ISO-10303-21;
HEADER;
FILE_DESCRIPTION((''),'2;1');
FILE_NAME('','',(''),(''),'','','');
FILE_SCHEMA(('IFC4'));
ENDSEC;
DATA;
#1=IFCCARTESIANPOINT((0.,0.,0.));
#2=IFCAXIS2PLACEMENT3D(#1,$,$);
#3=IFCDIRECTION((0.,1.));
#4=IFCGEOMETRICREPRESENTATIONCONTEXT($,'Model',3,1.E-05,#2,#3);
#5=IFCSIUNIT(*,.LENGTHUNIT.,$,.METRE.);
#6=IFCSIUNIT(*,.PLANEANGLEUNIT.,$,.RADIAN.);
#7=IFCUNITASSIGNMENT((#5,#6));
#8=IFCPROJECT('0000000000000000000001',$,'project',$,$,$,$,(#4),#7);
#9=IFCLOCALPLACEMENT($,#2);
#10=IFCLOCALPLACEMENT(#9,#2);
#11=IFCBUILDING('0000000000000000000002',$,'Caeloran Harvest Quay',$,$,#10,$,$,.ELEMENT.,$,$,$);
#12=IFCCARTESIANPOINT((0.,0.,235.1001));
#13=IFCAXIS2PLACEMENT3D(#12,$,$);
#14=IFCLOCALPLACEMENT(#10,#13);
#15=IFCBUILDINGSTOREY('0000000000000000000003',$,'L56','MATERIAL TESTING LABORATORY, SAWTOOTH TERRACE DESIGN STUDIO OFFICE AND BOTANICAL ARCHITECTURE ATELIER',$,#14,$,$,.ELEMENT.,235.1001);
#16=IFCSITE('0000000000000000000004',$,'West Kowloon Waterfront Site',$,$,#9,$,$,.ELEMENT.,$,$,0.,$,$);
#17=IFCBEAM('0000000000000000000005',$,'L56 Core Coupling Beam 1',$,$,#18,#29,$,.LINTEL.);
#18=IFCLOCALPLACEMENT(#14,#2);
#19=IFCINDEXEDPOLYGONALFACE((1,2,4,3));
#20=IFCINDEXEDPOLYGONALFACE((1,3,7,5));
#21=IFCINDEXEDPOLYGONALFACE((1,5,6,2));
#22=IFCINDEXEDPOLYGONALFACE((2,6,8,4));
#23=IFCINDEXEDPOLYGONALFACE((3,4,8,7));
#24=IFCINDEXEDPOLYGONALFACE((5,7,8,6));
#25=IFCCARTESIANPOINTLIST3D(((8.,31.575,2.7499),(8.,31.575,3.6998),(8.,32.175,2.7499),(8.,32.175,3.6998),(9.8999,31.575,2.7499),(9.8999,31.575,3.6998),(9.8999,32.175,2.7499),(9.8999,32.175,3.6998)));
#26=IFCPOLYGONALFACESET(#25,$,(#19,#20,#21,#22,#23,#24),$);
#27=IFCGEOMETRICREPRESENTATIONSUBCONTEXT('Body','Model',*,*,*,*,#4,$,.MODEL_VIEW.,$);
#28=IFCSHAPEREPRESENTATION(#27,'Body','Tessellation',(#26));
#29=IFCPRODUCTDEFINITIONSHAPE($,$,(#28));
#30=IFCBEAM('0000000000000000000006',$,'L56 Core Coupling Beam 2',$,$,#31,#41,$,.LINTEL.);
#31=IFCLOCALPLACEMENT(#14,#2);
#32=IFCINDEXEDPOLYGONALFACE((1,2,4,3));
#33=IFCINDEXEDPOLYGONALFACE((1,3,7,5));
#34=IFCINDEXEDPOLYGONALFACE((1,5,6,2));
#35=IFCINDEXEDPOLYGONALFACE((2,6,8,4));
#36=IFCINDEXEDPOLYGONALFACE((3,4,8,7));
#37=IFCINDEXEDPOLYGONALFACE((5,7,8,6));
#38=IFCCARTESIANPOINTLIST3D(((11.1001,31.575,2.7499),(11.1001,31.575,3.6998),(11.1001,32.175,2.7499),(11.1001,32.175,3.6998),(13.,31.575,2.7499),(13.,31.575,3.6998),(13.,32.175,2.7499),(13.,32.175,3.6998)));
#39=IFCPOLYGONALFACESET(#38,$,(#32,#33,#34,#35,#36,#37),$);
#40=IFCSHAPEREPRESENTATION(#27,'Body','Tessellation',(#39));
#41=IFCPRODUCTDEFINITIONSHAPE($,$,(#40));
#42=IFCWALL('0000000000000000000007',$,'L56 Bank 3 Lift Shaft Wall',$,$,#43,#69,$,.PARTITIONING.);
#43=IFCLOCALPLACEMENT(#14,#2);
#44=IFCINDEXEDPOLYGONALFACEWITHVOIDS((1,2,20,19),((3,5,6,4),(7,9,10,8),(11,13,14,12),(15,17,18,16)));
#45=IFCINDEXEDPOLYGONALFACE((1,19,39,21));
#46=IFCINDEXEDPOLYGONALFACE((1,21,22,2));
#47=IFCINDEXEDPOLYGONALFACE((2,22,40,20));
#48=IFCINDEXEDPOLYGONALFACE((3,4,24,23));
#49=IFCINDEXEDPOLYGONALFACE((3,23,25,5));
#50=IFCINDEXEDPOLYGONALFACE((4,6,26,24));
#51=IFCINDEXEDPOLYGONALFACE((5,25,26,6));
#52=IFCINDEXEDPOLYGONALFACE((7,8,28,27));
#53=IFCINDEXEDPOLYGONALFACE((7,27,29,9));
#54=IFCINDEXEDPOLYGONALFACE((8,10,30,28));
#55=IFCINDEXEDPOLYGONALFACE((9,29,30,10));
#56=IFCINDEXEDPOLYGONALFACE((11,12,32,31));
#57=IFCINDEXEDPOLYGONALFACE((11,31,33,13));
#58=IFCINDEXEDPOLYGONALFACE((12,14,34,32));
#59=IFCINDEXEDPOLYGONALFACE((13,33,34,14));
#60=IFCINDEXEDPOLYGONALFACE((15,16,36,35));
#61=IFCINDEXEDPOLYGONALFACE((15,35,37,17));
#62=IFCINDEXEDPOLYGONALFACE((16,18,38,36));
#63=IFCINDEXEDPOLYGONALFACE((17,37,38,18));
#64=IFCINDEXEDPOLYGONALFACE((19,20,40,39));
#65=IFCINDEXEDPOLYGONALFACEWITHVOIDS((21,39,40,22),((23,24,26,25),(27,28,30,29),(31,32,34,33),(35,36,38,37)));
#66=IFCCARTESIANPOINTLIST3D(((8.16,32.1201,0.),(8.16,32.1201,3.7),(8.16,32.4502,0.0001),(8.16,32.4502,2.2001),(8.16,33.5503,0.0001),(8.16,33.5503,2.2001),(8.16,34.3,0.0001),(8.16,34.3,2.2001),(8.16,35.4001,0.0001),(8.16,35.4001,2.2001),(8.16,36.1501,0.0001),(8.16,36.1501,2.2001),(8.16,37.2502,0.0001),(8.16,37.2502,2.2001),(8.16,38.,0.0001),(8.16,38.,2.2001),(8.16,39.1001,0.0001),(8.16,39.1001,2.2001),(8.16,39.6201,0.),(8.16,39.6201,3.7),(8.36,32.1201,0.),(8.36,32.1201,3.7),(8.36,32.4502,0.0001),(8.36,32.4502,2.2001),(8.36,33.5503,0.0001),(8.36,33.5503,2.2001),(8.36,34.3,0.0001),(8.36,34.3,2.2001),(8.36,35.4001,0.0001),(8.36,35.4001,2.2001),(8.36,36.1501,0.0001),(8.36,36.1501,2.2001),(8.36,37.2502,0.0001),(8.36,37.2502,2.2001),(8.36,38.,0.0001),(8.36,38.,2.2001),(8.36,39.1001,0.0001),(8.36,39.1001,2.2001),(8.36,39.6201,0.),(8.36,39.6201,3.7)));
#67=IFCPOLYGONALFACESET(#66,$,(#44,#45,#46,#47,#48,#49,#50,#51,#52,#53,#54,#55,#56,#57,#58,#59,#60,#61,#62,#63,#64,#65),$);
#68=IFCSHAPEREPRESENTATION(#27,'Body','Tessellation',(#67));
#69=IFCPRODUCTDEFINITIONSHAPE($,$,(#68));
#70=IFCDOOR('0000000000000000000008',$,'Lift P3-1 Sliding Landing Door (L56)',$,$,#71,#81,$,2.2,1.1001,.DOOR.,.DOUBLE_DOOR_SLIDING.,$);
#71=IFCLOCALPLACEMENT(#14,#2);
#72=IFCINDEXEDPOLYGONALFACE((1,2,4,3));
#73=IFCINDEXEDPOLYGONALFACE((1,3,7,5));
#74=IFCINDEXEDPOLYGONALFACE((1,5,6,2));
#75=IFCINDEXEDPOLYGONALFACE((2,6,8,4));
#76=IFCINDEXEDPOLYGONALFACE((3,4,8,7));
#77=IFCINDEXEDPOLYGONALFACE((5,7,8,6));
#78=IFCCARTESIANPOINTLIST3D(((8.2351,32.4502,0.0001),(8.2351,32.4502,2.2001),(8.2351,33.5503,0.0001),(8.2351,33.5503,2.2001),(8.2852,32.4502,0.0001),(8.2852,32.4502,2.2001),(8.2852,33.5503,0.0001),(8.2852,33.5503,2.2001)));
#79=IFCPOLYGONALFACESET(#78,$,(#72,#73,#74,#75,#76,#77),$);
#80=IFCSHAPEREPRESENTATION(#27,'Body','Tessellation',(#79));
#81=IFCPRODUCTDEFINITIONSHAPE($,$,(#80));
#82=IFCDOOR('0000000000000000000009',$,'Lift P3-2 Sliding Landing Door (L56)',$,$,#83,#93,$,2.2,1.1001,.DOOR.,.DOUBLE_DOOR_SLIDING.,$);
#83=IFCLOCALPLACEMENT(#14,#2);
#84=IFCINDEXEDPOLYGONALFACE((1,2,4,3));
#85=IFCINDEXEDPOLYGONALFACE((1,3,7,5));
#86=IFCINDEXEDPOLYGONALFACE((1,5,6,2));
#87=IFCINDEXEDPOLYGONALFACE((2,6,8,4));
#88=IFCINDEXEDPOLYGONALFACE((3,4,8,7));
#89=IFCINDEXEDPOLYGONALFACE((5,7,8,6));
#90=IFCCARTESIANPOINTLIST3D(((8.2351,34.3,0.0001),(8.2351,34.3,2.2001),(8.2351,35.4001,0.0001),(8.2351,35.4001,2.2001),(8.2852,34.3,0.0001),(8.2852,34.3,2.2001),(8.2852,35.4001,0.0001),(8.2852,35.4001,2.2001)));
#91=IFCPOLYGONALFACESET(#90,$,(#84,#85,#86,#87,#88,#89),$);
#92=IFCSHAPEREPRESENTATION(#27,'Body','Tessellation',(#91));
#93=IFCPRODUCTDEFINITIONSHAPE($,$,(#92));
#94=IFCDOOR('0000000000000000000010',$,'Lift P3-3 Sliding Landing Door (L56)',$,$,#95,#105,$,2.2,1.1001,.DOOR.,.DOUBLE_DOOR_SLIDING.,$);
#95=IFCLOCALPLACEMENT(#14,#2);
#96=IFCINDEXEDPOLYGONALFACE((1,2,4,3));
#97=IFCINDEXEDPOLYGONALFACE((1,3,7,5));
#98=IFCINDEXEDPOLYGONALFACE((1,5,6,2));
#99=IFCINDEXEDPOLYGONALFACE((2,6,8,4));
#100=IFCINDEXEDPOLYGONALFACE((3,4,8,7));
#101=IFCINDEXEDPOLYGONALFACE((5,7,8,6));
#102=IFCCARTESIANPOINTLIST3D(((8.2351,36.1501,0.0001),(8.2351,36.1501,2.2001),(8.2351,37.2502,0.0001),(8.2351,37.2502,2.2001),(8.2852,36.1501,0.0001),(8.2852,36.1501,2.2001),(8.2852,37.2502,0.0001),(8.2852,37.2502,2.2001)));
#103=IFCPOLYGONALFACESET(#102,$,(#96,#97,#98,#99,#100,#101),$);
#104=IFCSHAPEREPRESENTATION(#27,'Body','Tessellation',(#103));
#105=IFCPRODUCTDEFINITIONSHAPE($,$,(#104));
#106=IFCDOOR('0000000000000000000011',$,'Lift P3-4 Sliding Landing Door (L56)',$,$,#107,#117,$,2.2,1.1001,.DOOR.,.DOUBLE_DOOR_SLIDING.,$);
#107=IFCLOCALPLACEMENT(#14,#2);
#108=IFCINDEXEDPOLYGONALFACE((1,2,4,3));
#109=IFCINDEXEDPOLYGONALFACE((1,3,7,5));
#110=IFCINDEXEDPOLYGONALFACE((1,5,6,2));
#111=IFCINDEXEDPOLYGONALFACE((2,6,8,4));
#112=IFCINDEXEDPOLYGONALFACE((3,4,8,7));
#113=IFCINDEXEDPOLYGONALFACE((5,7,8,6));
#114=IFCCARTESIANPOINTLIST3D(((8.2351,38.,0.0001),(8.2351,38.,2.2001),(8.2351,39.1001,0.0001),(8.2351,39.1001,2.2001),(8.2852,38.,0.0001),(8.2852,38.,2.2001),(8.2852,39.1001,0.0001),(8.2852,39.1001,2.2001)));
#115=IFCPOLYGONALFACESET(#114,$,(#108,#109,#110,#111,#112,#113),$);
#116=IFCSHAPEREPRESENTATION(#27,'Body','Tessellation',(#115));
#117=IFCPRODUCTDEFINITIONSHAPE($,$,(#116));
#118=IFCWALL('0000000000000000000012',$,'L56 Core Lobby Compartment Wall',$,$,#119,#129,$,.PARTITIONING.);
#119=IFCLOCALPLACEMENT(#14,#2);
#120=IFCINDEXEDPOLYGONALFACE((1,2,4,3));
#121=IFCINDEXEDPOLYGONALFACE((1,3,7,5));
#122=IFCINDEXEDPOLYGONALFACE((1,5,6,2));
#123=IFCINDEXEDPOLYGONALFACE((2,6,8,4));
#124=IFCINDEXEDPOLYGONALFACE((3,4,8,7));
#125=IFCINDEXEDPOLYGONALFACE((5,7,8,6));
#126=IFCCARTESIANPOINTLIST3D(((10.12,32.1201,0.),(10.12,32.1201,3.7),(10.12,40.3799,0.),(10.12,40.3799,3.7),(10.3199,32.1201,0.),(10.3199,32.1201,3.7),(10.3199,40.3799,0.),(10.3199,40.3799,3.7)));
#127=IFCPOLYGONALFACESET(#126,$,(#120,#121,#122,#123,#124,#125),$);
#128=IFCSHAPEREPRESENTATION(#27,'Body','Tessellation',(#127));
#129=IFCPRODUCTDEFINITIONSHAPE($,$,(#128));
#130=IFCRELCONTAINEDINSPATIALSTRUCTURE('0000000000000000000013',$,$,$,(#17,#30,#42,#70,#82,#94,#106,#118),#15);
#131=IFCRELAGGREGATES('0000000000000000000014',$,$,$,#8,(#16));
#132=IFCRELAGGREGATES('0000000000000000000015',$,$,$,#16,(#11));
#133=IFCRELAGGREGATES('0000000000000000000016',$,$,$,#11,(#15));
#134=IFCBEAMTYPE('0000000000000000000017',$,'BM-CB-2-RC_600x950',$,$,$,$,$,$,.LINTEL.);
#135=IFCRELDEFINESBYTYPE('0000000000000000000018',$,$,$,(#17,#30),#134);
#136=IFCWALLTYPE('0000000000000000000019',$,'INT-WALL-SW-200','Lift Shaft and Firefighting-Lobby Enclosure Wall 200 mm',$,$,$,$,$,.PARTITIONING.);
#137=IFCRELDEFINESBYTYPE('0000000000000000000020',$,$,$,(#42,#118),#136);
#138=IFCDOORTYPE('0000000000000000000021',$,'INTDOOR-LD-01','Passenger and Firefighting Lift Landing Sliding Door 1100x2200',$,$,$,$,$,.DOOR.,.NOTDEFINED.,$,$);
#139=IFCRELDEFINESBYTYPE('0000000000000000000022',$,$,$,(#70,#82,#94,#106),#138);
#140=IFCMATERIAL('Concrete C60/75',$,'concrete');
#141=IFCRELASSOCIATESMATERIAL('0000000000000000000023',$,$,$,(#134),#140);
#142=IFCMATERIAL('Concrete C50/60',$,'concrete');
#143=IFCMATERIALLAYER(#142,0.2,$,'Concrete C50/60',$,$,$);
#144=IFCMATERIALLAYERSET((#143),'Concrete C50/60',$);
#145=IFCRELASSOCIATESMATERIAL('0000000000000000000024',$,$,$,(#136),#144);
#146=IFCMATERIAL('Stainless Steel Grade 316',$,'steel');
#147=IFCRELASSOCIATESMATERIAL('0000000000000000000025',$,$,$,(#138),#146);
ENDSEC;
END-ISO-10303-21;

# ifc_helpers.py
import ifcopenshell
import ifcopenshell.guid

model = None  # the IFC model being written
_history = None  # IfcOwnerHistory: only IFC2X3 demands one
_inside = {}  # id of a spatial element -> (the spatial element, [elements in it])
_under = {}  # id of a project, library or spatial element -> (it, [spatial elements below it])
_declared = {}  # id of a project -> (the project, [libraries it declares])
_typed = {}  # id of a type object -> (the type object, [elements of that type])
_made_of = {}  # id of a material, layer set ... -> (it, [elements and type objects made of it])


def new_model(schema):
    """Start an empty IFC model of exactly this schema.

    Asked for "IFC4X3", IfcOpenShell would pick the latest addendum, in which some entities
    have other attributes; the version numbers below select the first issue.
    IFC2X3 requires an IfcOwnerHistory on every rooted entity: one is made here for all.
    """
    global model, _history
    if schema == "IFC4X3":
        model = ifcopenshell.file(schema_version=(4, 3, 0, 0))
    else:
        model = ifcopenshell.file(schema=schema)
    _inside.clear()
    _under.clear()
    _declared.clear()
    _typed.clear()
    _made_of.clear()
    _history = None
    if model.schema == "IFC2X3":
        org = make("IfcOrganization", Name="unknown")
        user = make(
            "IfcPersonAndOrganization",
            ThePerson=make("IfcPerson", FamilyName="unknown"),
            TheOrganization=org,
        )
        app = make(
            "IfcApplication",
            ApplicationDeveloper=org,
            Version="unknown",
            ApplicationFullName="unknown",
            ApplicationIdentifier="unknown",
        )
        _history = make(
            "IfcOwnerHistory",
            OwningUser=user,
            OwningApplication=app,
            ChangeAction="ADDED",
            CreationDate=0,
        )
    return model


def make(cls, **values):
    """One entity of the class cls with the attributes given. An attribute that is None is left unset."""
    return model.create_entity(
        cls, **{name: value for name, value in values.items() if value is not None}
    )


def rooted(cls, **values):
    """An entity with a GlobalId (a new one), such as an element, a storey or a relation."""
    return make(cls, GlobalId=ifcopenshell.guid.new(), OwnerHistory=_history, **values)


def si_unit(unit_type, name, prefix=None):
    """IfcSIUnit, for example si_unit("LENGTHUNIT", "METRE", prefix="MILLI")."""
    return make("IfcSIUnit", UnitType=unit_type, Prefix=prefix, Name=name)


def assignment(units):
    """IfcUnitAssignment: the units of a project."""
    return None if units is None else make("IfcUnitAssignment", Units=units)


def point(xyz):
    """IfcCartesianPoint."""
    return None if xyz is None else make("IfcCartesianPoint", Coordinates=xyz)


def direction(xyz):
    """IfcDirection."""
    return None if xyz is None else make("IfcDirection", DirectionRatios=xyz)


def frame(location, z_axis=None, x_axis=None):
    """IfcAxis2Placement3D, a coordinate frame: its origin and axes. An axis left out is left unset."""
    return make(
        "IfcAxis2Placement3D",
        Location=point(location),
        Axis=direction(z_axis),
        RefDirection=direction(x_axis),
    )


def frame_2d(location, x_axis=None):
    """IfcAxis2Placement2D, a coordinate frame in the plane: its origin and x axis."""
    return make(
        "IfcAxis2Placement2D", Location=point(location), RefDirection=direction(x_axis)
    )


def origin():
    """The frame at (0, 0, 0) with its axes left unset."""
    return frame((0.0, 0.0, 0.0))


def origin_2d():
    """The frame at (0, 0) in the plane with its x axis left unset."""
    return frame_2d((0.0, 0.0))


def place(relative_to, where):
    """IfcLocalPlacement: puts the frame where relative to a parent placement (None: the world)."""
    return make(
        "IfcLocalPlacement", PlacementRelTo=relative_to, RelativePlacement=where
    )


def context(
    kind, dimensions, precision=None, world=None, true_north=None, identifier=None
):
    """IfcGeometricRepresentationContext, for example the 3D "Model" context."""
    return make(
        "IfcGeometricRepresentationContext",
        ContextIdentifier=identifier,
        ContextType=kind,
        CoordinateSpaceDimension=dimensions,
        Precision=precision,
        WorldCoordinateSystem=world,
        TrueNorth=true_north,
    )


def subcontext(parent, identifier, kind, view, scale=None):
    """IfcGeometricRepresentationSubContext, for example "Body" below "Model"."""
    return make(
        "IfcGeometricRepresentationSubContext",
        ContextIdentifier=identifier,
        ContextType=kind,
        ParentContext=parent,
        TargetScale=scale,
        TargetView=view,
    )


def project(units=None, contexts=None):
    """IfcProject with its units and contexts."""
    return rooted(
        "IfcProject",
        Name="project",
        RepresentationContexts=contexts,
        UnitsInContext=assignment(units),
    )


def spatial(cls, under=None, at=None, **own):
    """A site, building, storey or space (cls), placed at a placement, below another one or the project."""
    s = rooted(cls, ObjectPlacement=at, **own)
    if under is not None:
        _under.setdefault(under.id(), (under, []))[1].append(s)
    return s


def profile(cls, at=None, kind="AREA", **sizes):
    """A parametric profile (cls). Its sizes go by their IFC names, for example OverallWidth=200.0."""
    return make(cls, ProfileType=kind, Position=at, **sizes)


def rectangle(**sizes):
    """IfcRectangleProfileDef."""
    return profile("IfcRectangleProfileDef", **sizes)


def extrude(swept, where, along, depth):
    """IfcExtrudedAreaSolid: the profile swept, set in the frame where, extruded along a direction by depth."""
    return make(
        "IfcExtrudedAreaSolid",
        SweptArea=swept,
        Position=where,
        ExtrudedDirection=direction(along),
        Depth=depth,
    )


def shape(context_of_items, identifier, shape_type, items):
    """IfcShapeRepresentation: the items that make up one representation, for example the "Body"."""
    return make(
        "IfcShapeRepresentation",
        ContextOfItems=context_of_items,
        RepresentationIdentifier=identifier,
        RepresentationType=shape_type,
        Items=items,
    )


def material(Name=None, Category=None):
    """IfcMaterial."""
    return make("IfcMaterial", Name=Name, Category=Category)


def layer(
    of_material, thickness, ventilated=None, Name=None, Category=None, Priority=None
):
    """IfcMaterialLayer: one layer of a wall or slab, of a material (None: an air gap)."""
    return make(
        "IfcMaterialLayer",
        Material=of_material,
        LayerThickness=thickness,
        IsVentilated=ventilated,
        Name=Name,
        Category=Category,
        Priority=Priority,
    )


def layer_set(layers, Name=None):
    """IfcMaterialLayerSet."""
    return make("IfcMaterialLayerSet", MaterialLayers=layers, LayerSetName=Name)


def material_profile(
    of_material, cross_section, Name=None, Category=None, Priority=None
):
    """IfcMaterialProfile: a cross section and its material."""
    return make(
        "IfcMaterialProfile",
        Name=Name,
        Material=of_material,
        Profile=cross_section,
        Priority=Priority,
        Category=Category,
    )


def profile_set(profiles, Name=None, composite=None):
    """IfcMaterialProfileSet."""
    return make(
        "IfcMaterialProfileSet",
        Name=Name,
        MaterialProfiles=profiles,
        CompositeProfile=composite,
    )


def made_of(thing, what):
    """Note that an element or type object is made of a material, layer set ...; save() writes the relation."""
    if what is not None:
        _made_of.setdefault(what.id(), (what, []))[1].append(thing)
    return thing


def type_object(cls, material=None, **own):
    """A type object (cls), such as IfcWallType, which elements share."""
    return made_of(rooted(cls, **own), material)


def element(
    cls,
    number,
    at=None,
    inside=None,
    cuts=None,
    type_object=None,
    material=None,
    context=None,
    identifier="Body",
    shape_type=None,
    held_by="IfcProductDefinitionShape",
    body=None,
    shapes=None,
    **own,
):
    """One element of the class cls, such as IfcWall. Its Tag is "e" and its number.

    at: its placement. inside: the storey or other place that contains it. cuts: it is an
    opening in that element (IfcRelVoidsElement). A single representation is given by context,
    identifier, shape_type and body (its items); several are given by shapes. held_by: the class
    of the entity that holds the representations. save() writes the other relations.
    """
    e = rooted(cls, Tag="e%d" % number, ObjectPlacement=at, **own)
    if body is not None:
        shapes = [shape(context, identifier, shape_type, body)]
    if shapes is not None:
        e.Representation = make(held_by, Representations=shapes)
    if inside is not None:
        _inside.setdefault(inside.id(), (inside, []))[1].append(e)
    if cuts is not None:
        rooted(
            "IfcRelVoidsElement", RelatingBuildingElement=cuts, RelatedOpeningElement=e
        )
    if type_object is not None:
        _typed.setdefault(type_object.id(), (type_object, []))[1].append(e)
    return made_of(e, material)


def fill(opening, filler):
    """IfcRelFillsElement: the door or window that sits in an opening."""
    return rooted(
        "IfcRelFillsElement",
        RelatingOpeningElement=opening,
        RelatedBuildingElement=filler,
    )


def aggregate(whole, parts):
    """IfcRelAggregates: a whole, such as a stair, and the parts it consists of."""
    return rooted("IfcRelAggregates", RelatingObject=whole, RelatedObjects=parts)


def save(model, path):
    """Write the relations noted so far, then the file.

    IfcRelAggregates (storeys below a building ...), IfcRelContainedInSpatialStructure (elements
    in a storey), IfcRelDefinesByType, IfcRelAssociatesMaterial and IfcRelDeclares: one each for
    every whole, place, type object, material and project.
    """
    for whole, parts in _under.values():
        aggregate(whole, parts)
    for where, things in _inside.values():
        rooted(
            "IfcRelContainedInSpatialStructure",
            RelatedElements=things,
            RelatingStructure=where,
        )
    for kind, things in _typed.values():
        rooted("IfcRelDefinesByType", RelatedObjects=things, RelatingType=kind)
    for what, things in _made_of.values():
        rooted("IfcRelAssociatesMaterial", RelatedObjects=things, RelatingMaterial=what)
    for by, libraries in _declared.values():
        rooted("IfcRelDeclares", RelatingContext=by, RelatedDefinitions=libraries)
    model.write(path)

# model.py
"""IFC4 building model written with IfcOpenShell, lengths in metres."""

from ifc_helpers import new_model, si_unit, direction, frame, frame_2d, origin, origin_2d, place, context, subcontext, project, spatial, rectangle, extrude, material, layer, layer_set, material_profile, profile_set, type_object, element, fill, save


model = new_model("IFC4")

# Units and contexts
model_context = context("Model", 3, precision=1e-05, world=origin(), true_north=direction((0.0, 1.0)))
body_context = subcontext(model_context, "Body", "Model", "MODEL_VIEW")
ifc_project = project(units=[si_unit("LENGTHUNIT", "METRE"), si_unit("PLANEANGLEUNIT", "RADIAN")], contexts=[model_context])

# Site, building, storey
site_placement = place(None, origin())
site = spatial("IfcSite", under=ifc_project, at=site_placement, Name="West Kowloon Waterfront Site", CompositionType="ELEMENT", RefElevation=0.0)
building_placement = place(site_placement, origin())
building = spatial("IfcBuilding", under=site, at=building_placement, Name="Caeloran Harvest Quay", CompositionType="ELEMENT")
storey_placement = place(building_placement, frame((0.0, 0.0, 235.1001)))
storey = spatial("IfcBuildingStorey", under=building, at=storey_placement, Name="L56", Description="MATERIAL TESTING LABORATORY, SAWTOOTH TERRACE DESIGN STUDIO OFFICE AND BOTANICAL ARCHITECTURE ATELIER", CompositionType="ELEMENT", Elevation=235.1001)

# Beams
ifc_material_1 = material(Name="Concrete C60/75", Category="concrete")
ifc_material_profile = material_profile(ifc_material_1, rectangle(XDim=0.6001, YDim=0.95, at=origin_2d()), Name="RC 600x950")
ifc_profile_set = profile_set([ifc_material_profile], Name="Concrete C60/75")
beam_type = type_object("IfcBeamType", Name="BM-CB-2-RC_600x950", PredefinedType="LINTEL", material=ifc_profile_set)
for number, where, z_axis, x_axis, name in (
    (1, (8.0, 31.875, 3.2249), (1.0, 0.0, 0.0), (0.0, 1.0, 0.0), "L56 Core Coupling Beam 1"),
    (2, (11.1001, 31.875, 3.2249), (1.0, 0.0, 0.0), (0.0, 1.0, 0.0), "L56 Core Coupling Beam 2"),
):
    element("IfcBeam", number, at=place(storey_placement, frame(where, z_axis=z_axis, x_axis=x_axis)), inside=storey, type_object=beam_type, Name=name, PredefinedType="LINTEL", context=body_context, shape_type="SweptSolid", body=[
        extrude(rectangle(XDim=0.6001, YDim=0.95, at=origin_2d()), origin(), (0.0, 0.0, 1.0), 1.8999),
    ])

# Wall, openings, doors
ifc_material_2 = material(Name="Concrete C50/60", Category="concrete")
ifc_layer_1 = layer(ifc_material_2, 0.2, Name="Concrete C50/60")
ifc_layer_set_1 = layer_set([ifc_layer_1], Name="Concrete C50/60")
wall_type_1 = type_object("IfcWallType", Name="INT-WALL-SW-200", Description="Lift Shaft and Firefighting-Lobby Enclosure Wall 200 mm", PredefinedType="PARTITIONING", material=ifc_layer_set_1)
wall_1_placement = place(storey_placement, frame((8.26, 32.1201, 0.0), z_axis=(0.0, 0.0, 1.0), x_axis=(0.0, 1.0, 0.0)))
wall_1 = element("IfcWall", 3, at=wall_1_placement, inside=storey, type_object=wall_type_1, Name="L56 Bank 3 Lift Shaft Wall", PredefinedType="PARTITIONING", context=body_context, shape_type="SweptSolid", body=[
    extrude(rectangle(XDim=7.5, YDim=0.2, at=frame_2d((3.75, 0.0))), origin(), (0.0, 0.0, 1.0), 3.7),
])
opening_1_placement = place(wall_1_placement, frame((0.3301, 0.0, 0.0)))
opening_1 = element("IfcOpeningElement", 4, at=opening_1_placement, cuts=wall_1, PredefinedType="OPENING", context=body_context, shape_type="SweptSolid", body=[
    extrude(rectangle(XDim=1.1001, YDim=2.2, at=frame_2d((0.55, 1.1001))), frame((0.0, 0.1099, 0.0), z_axis=(0.0, -1.0, 0.0), x_axis=(1.0, 0.0, 0.0)), (0.0, 0.0, 1.0), 0.22),
])
opening_2_placement = place(wall_1_placement, frame((2.1799, 0.0, 0.0)))
opening_2 = element("IfcOpeningElement", 5, at=opening_2_placement, cuts=wall_1, PredefinedType="OPENING", context=body_context, shape_type="SweptSolid", body=[
    extrude(rectangle(XDim=1.1001, YDim=2.2, at=frame_2d((0.55, 1.1001))), frame((0.0, 0.1099, 0.0), z_axis=(0.0, -1.0, 0.0), x_axis=(1.0, 0.0, 0.0)), (0.0, 0.0, 1.0), 0.22),
])
opening_3_placement = place(wall_1_placement, frame((4.03, 0.0, 0.0)))
opening_3 = element("IfcOpeningElement", 6, at=opening_3_placement, cuts=wall_1, PredefinedType="OPENING", context=body_context, shape_type="SweptSolid", body=[
    extrude(rectangle(XDim=1.1001, YDim=2.2, at=frame_2d((0.55, 1.1001))), frame((0.0, 0.1099, 0.0), z_axis=(0.0, -1.0, 0.0), x_axis=(1.0, 0.0, 0.0)), (0.0, 0.0, 1.0), 0.22),
])
opening_4_placement = place(wall_1_placement, frame((5.8799, 0.0, 0.0)))
opening_4 = element("IfcOpeningElement", 7, at=opening_4_placement, cuts=wall_1, PredefinedType="OPENING", context=body_context, shape_type="SweptSolid", body=[
    extrude(rectangle(XDim=1.1001, YDim=2.2, at=frame_2d((0.55, 1.1001))), frame((0.0, 0.1099, 0.0), z_axis=(0.0, -1.0, 0.0), x_axis=(1.0, 0.0, 0.0)), (0.0, 0.0, 1.0), 0.22),
])
ifc_material_3 = material(Name="Stainless Steel Grade 316", Category="steel")
door_type_1 = type_object("IfcDoorType", Name="INTDOOR-LD-01", Description="Passenger and Firefighting Lift Landing Sliding Door 1100x2200", OperationType="NOTDEFINED", PredefinedType="DOOR", material=ifc_material_3)
door_1_placement = place(opening_1_placement, origin())
door_1 = element("IfcDoor", 8, at=door_1_placement, inside=storey, type_object=door_type_1, Name="Lift P3-1 Sliding Landing Door (L56)", OperationType="DOUBLE_DOOR_SLIDING", OverallHeight=2.2, OverallWidth=1.1001, PredefinedType="DOOR", context=body_context, shape_type="SweptSolid", body=[
    extrude(rectangle(XDim=1.1001, YDim=2.2, at=frame_2d((0.55, 1.1001))), frame((0.0, 0.0249, 0.0), z_axis=(0.0, -1.0, 0.0), x_axis=(1.0, 0.0, 0.0)), (0.0, 0.0, 1.0), 0.05),
])
fill(opening_1, door_1)
door_2_placement = place(opening_2_placement, origin())
door_2 = element("IfcDoor", 9, at=door_2_placement, inside=storey, type_object=door_type_1, Name="Lift P3-2 Sliding Landing Door (L56)", OperationType="DOUBLE_DOOR_SLIDING", OverallHeight=2.2, OverallWidth=1.1001, PredefinedType="DOOR", context=body_context, shape_type="SweptSolid", body=[
    extrude(rectangle(XDim=1.1001, YDim=2.2, at=frame_2d((0.55, 1.1001))), frame((0.0, 0.0249, 0.0), z_axis=(0.0, -1.0, 0.0), x_axis=(1.0, 0.0, 0.0)), (0.0, 0.0, 1.0), 0.05),
])
fill(opening_2, door_2)
door_3_placement = place(opening_3_placement, origin())
door_3 = element("IfcDoor", 10, at=door_3_placement, inside=storey, type_object=door_type_1, Name="Lift P3-3 Sliding Landing Door (L56)", OperationType="DOUBLE_DOOR_SLIDING", OverallHeight=2.2, OverallWidth=1.1001, PredefinedType="DOOR", context=body_context, shape_type="SweptSolid", body=[
    extrude(rectangle(XDim=1.1001, YDim=2.2, at=frame_2d((0.55, 1.1001))), frame((0.0, 0.0249, 0.0), z_axis=(0.0, -1.0, 0.0), x_axis=(1.0, 0.0, 0.0)), (0.0, 0.0, 1.0), 0.05),
])
fill(opening_3, door_3)
door_4_placement = place(opening_4_placement, origin())
door_4 = element("IfcDoor", 11, at=door_4_placement, inside=storey, type_object=door_type_1, Name="Lift P3-4 Sliding Landing Door (L56)", OperationType="DOUBLE_DOOR_SLIDING", OverallHeight=2.2, OverallWidth=1.1001, PredefinedType="DOOR", context=body_context, shape_type="SweptSolid", body=[
    extrude(rectangle(XDim=1.1001, YDim=2.2, at=frame_2d((0.55, 1.1001))), frame((0.0, 0.0249, 0.0), z_axis=(0.0, -1.0, 0.0), x_axis=(1.0, 0.0, 0.0)), (0.0, 0.0, 1.0), 0.05),
])
fill(opening_4, door_4)

# Wall
wall_2_placement = place(storey_placement, frame((10.22, 32.1201, 0.0), z_axis=(0.0, 0.0, 1.0), x_axis=(0.0, 1.0, 0.0)))
element("IfcWall", 12, at=wall_2_placement, inside=storey, type_object=wall_type_1, Name="L56 Core Lobby Compartment Wall", PredefinedType="PARTITIONING", context=body_context, shape_type="SweptSolid", body=[
    extrude(rectangle(XDim=8.2598, YDim=0.2, at=frame_2d((4.1299, 0.0))), origin(), (0.0, 0.0, 1.0), 3.7),
])

save(model, "model.ifc")
